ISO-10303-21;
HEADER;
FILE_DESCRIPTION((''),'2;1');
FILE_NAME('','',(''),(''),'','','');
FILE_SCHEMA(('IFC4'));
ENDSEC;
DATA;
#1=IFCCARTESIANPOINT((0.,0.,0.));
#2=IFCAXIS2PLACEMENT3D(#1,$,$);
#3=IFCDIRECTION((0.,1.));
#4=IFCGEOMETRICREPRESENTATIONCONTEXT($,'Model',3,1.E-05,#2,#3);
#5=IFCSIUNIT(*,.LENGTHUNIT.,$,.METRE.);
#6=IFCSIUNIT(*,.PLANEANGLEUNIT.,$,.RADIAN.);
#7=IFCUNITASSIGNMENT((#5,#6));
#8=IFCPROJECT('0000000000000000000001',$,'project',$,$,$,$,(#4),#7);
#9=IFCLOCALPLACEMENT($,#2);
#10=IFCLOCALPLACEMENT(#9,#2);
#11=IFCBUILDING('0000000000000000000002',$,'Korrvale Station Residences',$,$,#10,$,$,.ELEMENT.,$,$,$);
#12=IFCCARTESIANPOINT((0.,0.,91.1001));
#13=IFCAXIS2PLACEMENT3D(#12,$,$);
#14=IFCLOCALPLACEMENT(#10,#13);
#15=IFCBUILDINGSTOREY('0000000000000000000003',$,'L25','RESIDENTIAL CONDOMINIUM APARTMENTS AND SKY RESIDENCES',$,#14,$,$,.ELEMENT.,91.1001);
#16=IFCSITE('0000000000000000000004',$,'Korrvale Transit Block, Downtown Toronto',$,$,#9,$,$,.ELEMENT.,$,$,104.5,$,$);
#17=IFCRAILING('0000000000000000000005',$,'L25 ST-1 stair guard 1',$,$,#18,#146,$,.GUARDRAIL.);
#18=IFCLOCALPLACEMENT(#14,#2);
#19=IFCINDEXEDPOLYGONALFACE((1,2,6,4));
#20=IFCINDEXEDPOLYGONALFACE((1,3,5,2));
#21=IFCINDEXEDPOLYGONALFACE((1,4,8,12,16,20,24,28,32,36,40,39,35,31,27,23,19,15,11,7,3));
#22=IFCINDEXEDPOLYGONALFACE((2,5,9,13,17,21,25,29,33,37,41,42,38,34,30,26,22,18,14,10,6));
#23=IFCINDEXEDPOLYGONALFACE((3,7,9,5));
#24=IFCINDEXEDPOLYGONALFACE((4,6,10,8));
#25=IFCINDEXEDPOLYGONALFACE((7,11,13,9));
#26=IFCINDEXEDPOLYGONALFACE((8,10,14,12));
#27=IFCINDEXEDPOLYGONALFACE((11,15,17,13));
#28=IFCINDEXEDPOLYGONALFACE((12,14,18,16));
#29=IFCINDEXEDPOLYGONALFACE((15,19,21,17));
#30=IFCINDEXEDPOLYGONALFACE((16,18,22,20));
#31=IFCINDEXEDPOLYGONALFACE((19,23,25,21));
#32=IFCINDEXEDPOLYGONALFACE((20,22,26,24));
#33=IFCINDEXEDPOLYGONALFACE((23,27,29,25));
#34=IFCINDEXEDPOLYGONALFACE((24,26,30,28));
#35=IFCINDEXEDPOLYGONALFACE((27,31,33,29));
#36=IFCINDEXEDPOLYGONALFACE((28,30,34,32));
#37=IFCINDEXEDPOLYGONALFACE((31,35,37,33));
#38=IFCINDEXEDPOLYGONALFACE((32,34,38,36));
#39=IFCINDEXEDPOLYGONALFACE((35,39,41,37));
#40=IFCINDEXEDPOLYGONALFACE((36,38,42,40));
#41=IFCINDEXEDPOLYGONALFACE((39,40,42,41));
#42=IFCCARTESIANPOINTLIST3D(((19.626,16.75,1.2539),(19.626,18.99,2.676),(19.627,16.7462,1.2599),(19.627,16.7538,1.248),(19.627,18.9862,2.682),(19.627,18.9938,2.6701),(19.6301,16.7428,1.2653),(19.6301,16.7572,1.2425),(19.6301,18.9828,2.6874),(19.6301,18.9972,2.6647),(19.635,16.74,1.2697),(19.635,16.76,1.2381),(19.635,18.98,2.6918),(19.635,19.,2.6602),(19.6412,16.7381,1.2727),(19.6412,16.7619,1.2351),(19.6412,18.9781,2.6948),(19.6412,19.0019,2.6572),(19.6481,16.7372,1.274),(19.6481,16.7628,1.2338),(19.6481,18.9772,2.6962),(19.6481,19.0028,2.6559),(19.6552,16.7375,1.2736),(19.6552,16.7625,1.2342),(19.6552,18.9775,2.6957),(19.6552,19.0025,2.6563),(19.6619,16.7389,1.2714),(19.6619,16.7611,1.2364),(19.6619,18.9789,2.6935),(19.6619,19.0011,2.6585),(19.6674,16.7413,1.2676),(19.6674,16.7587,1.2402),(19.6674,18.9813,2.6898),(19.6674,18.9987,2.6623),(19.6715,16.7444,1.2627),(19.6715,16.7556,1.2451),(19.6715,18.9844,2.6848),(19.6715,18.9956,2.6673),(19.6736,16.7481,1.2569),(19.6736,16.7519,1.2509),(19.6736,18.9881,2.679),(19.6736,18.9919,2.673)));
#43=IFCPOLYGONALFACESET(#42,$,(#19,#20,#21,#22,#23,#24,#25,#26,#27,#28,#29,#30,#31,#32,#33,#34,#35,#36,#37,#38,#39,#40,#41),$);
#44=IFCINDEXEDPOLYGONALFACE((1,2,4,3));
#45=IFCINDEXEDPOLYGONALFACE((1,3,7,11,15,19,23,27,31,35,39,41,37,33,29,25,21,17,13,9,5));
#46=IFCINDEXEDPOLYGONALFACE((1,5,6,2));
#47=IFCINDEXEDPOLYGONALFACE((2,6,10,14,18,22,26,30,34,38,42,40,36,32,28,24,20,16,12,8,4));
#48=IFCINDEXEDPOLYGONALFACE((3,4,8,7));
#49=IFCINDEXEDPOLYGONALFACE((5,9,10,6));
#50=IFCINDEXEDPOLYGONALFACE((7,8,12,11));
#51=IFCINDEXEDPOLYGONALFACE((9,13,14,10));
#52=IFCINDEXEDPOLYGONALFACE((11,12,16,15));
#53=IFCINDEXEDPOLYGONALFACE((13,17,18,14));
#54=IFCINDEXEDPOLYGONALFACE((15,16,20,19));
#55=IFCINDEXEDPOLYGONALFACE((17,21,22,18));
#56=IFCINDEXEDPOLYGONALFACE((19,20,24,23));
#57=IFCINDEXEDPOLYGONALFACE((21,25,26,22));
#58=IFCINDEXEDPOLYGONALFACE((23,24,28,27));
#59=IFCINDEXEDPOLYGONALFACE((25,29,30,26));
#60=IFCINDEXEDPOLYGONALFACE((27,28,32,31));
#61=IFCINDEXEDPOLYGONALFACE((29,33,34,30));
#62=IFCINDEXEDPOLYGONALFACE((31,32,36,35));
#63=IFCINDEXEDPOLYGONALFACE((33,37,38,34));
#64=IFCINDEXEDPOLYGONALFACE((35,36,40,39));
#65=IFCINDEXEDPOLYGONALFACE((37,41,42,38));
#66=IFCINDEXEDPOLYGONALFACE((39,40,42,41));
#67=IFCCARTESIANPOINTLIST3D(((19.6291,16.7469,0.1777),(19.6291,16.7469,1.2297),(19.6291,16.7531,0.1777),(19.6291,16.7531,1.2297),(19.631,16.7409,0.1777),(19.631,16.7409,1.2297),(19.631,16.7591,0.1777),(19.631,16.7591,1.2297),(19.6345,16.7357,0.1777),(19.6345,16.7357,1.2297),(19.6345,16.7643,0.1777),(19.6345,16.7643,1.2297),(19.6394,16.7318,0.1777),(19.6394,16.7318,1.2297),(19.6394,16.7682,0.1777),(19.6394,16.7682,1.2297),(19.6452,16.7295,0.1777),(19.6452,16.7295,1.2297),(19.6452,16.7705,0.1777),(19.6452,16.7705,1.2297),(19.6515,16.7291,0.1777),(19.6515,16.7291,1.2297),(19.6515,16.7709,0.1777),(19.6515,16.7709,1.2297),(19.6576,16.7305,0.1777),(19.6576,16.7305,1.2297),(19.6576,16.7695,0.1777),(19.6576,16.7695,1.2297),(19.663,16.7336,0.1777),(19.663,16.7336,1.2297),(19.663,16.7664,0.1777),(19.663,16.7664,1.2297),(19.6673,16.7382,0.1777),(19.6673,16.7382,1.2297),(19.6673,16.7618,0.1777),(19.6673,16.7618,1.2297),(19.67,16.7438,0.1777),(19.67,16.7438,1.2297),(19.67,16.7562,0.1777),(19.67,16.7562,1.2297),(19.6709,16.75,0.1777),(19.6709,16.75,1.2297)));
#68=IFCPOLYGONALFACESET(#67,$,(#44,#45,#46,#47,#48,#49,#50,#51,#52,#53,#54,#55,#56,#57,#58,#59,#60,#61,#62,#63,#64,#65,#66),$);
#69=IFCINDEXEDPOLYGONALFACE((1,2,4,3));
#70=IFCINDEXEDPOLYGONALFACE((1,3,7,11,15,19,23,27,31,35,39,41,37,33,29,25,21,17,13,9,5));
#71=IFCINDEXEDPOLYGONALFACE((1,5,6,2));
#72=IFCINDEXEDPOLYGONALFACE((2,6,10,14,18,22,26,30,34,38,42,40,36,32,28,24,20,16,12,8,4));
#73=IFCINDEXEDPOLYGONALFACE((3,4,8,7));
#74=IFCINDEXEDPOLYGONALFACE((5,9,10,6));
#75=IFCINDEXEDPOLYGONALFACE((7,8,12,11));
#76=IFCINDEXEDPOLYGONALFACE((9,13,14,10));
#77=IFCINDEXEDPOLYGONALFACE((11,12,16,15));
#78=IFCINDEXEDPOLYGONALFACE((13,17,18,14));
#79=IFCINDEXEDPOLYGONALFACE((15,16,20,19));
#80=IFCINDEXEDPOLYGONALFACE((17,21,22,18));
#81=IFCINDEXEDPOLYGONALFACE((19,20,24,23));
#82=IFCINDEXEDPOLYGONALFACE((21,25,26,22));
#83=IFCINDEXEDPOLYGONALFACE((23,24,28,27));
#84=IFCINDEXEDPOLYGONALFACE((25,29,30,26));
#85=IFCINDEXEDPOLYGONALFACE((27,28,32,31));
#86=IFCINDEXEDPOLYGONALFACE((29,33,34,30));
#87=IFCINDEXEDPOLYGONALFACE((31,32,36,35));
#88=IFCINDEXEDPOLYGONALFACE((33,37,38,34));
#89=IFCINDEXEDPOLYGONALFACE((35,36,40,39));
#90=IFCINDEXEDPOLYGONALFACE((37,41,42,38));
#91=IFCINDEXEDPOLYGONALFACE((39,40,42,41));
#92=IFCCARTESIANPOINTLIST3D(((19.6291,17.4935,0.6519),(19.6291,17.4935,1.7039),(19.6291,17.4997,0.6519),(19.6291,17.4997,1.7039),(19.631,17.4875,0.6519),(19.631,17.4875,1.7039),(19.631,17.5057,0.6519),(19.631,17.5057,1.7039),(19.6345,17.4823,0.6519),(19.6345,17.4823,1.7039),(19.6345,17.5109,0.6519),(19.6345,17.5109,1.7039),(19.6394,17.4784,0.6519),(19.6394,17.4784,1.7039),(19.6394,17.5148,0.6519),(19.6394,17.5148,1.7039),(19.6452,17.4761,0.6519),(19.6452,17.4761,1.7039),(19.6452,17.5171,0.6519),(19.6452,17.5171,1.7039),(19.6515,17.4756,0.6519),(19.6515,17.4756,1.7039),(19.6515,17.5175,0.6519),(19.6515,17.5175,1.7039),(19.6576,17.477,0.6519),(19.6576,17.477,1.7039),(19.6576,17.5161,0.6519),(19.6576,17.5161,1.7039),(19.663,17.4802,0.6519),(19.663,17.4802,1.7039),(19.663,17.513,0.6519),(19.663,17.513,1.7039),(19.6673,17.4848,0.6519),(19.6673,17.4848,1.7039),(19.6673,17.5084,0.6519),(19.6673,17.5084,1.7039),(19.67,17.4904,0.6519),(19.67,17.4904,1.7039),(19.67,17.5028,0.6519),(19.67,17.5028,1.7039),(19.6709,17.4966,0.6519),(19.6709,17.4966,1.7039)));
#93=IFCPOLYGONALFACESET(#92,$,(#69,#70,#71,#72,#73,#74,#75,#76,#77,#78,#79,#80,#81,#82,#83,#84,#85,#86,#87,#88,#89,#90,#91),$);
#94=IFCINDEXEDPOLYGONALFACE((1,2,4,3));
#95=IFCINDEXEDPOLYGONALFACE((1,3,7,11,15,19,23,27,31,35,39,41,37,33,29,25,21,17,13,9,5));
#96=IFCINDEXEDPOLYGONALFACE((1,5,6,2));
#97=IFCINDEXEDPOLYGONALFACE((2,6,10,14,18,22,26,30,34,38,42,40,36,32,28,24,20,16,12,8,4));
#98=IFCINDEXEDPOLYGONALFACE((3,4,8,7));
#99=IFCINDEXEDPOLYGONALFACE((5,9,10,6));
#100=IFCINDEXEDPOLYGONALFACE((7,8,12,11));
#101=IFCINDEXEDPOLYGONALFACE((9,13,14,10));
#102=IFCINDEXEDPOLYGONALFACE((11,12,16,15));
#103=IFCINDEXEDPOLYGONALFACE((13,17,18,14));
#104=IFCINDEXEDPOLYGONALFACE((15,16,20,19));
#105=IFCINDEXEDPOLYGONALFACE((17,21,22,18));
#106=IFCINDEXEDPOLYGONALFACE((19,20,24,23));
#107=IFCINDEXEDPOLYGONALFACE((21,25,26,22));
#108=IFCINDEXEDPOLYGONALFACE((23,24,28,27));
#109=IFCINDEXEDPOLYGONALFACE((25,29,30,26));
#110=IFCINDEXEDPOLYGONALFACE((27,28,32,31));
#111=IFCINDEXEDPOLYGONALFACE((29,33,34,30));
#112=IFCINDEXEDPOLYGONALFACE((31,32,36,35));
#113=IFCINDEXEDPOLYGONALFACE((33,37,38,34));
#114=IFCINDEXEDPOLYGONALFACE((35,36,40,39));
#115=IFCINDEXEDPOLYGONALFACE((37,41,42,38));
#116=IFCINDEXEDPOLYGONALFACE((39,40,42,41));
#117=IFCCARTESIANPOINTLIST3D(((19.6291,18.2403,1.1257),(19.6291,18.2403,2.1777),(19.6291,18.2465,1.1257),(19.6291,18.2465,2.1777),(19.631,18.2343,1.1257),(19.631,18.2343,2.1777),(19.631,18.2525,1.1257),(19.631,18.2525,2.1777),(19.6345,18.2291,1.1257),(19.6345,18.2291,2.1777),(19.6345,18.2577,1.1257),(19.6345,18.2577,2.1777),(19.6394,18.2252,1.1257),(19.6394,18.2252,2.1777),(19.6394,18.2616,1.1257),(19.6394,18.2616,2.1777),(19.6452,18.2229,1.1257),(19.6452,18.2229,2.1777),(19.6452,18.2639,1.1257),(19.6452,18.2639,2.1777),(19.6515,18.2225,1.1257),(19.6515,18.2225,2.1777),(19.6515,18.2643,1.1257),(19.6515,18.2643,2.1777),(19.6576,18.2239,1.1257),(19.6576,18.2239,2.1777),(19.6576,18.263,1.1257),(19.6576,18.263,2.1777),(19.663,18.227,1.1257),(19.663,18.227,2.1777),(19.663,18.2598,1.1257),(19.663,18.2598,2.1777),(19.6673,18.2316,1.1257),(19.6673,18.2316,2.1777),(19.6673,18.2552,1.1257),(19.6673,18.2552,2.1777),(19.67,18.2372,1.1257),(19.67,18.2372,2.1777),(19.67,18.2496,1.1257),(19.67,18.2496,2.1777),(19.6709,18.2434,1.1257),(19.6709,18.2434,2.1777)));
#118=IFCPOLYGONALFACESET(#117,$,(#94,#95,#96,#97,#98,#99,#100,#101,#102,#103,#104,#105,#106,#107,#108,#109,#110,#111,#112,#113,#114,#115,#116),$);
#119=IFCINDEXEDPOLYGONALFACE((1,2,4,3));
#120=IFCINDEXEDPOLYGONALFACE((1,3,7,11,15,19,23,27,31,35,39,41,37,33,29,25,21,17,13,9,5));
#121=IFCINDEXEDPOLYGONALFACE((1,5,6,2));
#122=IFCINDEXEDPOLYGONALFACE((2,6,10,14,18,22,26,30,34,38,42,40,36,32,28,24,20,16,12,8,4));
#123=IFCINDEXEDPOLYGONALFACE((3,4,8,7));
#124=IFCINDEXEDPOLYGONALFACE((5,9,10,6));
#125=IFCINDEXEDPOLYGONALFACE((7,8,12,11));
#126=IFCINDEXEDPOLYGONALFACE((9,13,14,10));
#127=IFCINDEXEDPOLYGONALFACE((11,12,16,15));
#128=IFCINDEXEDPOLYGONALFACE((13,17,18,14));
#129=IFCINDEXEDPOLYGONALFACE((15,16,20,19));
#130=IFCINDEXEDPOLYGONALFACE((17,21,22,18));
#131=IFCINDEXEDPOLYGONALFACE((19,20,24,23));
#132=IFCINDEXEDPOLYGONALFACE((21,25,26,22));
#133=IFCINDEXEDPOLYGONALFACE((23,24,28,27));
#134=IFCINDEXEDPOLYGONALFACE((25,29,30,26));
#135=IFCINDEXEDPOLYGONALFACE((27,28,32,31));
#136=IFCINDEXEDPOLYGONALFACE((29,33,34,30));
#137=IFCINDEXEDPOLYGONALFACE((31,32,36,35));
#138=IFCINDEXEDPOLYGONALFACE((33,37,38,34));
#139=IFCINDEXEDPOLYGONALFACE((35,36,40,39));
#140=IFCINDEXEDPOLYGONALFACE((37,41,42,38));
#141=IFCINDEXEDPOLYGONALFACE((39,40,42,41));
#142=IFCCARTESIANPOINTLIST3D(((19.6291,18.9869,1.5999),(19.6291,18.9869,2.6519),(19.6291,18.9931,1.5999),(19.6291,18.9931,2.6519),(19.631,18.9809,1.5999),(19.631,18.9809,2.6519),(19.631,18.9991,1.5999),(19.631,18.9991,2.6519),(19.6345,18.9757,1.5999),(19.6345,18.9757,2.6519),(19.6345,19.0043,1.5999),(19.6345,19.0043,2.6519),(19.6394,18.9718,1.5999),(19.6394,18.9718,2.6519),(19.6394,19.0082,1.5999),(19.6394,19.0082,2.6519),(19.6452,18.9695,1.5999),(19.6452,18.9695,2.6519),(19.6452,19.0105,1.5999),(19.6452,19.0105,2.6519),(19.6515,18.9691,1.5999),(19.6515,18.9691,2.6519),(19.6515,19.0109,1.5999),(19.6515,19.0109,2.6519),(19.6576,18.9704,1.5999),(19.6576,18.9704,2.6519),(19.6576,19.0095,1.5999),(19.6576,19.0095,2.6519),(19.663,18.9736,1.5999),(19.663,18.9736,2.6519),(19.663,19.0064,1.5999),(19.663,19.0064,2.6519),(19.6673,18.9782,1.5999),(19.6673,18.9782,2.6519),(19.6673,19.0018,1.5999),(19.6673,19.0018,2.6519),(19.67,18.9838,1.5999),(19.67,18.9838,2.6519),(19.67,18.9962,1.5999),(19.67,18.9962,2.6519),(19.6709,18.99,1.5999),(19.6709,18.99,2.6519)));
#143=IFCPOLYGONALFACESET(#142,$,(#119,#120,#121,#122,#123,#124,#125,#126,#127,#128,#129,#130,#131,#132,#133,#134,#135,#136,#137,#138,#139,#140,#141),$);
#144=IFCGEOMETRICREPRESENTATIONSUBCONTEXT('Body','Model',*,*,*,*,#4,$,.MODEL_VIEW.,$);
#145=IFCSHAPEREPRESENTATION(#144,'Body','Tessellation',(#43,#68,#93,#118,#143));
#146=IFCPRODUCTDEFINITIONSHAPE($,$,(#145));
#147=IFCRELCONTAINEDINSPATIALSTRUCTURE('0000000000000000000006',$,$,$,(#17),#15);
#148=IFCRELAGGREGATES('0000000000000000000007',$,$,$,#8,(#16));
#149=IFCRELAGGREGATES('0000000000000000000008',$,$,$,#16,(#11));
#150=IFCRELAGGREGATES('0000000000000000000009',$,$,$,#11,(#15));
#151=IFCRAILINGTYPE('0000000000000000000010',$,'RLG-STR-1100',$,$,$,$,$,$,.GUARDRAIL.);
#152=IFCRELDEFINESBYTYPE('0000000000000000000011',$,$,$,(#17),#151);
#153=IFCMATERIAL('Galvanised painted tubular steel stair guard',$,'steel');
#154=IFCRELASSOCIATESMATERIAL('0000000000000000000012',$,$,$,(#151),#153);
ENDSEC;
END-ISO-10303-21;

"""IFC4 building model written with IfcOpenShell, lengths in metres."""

from ifc_helpers import new_model, si_unit, direction, frame, origin, origin_2d, place, context, subcontext, project, spatial, circle, extrude, material, type_object, element, save


model = new_model("IFC4")

# Units and contexts
model_context = context("Model", 3, precision=1e-05, world=origin(), true_north=direction((0.0, 1.0)))
body_context = subcontext(model_context, "Body", "Model", "MODEL_VIEW")
ifc_project = project(units=[si_unit("LENGTHUNIT", "METRE"), si_unit("PLANEANGLEUNIT", "RADIAN")], contexts=[model_context])

# Site, building, storey
site_placement = place(None, origin())
site = spatial("IfcSite", under=ifc_project, at=site_placement, Name="Korrvale Transit Block, Downtown Toronto", CompositionType="ELEMENT", RefElevation=104.5)
building_placement = place(site_placement, origin())
building = spatial("IfcBuilding", under=site, at=building_placement, Name="Korrvale Station Residences", CompositionType="ELEMENT")
storey_placement = place(building_placement, frame((0.0, 0.0, 91.1001)))
storey = spatial("IfcBuildingStorey", under=building, at=storey_placement, Name="L25", Description="RESIDENTIAL CONDOMINIUM APARTMENTS AND SKY RESIDENCES", CompositionType="ELEMENT", Elevation=91.1001)

# Railing
ifc_material_1 = material(Name="Galvanised painted tubular steel stair guard", Category="steel")
railing_type_1 = type_object("IfcRailingType", Name="RLG-STR-1100", PredefinedType="GUARDRAIL", material=ifc_material_1)
railing_1_placement = place(storey_placement, frame((19.6499, 16.75, 0.1777)))
element("IfcRailing", 1, at=railing_1_placement, inside=storey, type_object=railing_type_1, Name="L25 ST-1 stair guard 1", PredefinedType="GUARDRAIL", context=body_context, shape_type="SweptSolid", body=[
    extrude(circle(Radius=0.0239, at=origin_2d()), frame((0.0, 0.0, 1.0762), z_axis=(0.0, 0.844229, 0.535982), x_axis=(-1.0, 0.0, 0.0)), (0.0, 0.0, 1.0), 2.6533),
    extrude(circle(Radius=0.021, at=origin_2d()), origin(), (0.0, 0.0, 1.0), 1.052),
    extrude(circle(Radius=0.021, at=origin_2d()), frame((0.0, 0.7466, 0.4741)), (0.0, 0.0, 1.0), 1.052),
    extrude(circle(Radius=0.021, at=origin_2d()), frame((0.0, 1.4934, 0.948)), (0.0, 0.0, 1.0), 1.052),
    extrude(circle(Radius=0.021, at=origin_2d()), frame((0.0, 2.24, 1.4221)), (0.0, 0.0, 1.0), 1.052),
])

save(model, "model.ifc")
